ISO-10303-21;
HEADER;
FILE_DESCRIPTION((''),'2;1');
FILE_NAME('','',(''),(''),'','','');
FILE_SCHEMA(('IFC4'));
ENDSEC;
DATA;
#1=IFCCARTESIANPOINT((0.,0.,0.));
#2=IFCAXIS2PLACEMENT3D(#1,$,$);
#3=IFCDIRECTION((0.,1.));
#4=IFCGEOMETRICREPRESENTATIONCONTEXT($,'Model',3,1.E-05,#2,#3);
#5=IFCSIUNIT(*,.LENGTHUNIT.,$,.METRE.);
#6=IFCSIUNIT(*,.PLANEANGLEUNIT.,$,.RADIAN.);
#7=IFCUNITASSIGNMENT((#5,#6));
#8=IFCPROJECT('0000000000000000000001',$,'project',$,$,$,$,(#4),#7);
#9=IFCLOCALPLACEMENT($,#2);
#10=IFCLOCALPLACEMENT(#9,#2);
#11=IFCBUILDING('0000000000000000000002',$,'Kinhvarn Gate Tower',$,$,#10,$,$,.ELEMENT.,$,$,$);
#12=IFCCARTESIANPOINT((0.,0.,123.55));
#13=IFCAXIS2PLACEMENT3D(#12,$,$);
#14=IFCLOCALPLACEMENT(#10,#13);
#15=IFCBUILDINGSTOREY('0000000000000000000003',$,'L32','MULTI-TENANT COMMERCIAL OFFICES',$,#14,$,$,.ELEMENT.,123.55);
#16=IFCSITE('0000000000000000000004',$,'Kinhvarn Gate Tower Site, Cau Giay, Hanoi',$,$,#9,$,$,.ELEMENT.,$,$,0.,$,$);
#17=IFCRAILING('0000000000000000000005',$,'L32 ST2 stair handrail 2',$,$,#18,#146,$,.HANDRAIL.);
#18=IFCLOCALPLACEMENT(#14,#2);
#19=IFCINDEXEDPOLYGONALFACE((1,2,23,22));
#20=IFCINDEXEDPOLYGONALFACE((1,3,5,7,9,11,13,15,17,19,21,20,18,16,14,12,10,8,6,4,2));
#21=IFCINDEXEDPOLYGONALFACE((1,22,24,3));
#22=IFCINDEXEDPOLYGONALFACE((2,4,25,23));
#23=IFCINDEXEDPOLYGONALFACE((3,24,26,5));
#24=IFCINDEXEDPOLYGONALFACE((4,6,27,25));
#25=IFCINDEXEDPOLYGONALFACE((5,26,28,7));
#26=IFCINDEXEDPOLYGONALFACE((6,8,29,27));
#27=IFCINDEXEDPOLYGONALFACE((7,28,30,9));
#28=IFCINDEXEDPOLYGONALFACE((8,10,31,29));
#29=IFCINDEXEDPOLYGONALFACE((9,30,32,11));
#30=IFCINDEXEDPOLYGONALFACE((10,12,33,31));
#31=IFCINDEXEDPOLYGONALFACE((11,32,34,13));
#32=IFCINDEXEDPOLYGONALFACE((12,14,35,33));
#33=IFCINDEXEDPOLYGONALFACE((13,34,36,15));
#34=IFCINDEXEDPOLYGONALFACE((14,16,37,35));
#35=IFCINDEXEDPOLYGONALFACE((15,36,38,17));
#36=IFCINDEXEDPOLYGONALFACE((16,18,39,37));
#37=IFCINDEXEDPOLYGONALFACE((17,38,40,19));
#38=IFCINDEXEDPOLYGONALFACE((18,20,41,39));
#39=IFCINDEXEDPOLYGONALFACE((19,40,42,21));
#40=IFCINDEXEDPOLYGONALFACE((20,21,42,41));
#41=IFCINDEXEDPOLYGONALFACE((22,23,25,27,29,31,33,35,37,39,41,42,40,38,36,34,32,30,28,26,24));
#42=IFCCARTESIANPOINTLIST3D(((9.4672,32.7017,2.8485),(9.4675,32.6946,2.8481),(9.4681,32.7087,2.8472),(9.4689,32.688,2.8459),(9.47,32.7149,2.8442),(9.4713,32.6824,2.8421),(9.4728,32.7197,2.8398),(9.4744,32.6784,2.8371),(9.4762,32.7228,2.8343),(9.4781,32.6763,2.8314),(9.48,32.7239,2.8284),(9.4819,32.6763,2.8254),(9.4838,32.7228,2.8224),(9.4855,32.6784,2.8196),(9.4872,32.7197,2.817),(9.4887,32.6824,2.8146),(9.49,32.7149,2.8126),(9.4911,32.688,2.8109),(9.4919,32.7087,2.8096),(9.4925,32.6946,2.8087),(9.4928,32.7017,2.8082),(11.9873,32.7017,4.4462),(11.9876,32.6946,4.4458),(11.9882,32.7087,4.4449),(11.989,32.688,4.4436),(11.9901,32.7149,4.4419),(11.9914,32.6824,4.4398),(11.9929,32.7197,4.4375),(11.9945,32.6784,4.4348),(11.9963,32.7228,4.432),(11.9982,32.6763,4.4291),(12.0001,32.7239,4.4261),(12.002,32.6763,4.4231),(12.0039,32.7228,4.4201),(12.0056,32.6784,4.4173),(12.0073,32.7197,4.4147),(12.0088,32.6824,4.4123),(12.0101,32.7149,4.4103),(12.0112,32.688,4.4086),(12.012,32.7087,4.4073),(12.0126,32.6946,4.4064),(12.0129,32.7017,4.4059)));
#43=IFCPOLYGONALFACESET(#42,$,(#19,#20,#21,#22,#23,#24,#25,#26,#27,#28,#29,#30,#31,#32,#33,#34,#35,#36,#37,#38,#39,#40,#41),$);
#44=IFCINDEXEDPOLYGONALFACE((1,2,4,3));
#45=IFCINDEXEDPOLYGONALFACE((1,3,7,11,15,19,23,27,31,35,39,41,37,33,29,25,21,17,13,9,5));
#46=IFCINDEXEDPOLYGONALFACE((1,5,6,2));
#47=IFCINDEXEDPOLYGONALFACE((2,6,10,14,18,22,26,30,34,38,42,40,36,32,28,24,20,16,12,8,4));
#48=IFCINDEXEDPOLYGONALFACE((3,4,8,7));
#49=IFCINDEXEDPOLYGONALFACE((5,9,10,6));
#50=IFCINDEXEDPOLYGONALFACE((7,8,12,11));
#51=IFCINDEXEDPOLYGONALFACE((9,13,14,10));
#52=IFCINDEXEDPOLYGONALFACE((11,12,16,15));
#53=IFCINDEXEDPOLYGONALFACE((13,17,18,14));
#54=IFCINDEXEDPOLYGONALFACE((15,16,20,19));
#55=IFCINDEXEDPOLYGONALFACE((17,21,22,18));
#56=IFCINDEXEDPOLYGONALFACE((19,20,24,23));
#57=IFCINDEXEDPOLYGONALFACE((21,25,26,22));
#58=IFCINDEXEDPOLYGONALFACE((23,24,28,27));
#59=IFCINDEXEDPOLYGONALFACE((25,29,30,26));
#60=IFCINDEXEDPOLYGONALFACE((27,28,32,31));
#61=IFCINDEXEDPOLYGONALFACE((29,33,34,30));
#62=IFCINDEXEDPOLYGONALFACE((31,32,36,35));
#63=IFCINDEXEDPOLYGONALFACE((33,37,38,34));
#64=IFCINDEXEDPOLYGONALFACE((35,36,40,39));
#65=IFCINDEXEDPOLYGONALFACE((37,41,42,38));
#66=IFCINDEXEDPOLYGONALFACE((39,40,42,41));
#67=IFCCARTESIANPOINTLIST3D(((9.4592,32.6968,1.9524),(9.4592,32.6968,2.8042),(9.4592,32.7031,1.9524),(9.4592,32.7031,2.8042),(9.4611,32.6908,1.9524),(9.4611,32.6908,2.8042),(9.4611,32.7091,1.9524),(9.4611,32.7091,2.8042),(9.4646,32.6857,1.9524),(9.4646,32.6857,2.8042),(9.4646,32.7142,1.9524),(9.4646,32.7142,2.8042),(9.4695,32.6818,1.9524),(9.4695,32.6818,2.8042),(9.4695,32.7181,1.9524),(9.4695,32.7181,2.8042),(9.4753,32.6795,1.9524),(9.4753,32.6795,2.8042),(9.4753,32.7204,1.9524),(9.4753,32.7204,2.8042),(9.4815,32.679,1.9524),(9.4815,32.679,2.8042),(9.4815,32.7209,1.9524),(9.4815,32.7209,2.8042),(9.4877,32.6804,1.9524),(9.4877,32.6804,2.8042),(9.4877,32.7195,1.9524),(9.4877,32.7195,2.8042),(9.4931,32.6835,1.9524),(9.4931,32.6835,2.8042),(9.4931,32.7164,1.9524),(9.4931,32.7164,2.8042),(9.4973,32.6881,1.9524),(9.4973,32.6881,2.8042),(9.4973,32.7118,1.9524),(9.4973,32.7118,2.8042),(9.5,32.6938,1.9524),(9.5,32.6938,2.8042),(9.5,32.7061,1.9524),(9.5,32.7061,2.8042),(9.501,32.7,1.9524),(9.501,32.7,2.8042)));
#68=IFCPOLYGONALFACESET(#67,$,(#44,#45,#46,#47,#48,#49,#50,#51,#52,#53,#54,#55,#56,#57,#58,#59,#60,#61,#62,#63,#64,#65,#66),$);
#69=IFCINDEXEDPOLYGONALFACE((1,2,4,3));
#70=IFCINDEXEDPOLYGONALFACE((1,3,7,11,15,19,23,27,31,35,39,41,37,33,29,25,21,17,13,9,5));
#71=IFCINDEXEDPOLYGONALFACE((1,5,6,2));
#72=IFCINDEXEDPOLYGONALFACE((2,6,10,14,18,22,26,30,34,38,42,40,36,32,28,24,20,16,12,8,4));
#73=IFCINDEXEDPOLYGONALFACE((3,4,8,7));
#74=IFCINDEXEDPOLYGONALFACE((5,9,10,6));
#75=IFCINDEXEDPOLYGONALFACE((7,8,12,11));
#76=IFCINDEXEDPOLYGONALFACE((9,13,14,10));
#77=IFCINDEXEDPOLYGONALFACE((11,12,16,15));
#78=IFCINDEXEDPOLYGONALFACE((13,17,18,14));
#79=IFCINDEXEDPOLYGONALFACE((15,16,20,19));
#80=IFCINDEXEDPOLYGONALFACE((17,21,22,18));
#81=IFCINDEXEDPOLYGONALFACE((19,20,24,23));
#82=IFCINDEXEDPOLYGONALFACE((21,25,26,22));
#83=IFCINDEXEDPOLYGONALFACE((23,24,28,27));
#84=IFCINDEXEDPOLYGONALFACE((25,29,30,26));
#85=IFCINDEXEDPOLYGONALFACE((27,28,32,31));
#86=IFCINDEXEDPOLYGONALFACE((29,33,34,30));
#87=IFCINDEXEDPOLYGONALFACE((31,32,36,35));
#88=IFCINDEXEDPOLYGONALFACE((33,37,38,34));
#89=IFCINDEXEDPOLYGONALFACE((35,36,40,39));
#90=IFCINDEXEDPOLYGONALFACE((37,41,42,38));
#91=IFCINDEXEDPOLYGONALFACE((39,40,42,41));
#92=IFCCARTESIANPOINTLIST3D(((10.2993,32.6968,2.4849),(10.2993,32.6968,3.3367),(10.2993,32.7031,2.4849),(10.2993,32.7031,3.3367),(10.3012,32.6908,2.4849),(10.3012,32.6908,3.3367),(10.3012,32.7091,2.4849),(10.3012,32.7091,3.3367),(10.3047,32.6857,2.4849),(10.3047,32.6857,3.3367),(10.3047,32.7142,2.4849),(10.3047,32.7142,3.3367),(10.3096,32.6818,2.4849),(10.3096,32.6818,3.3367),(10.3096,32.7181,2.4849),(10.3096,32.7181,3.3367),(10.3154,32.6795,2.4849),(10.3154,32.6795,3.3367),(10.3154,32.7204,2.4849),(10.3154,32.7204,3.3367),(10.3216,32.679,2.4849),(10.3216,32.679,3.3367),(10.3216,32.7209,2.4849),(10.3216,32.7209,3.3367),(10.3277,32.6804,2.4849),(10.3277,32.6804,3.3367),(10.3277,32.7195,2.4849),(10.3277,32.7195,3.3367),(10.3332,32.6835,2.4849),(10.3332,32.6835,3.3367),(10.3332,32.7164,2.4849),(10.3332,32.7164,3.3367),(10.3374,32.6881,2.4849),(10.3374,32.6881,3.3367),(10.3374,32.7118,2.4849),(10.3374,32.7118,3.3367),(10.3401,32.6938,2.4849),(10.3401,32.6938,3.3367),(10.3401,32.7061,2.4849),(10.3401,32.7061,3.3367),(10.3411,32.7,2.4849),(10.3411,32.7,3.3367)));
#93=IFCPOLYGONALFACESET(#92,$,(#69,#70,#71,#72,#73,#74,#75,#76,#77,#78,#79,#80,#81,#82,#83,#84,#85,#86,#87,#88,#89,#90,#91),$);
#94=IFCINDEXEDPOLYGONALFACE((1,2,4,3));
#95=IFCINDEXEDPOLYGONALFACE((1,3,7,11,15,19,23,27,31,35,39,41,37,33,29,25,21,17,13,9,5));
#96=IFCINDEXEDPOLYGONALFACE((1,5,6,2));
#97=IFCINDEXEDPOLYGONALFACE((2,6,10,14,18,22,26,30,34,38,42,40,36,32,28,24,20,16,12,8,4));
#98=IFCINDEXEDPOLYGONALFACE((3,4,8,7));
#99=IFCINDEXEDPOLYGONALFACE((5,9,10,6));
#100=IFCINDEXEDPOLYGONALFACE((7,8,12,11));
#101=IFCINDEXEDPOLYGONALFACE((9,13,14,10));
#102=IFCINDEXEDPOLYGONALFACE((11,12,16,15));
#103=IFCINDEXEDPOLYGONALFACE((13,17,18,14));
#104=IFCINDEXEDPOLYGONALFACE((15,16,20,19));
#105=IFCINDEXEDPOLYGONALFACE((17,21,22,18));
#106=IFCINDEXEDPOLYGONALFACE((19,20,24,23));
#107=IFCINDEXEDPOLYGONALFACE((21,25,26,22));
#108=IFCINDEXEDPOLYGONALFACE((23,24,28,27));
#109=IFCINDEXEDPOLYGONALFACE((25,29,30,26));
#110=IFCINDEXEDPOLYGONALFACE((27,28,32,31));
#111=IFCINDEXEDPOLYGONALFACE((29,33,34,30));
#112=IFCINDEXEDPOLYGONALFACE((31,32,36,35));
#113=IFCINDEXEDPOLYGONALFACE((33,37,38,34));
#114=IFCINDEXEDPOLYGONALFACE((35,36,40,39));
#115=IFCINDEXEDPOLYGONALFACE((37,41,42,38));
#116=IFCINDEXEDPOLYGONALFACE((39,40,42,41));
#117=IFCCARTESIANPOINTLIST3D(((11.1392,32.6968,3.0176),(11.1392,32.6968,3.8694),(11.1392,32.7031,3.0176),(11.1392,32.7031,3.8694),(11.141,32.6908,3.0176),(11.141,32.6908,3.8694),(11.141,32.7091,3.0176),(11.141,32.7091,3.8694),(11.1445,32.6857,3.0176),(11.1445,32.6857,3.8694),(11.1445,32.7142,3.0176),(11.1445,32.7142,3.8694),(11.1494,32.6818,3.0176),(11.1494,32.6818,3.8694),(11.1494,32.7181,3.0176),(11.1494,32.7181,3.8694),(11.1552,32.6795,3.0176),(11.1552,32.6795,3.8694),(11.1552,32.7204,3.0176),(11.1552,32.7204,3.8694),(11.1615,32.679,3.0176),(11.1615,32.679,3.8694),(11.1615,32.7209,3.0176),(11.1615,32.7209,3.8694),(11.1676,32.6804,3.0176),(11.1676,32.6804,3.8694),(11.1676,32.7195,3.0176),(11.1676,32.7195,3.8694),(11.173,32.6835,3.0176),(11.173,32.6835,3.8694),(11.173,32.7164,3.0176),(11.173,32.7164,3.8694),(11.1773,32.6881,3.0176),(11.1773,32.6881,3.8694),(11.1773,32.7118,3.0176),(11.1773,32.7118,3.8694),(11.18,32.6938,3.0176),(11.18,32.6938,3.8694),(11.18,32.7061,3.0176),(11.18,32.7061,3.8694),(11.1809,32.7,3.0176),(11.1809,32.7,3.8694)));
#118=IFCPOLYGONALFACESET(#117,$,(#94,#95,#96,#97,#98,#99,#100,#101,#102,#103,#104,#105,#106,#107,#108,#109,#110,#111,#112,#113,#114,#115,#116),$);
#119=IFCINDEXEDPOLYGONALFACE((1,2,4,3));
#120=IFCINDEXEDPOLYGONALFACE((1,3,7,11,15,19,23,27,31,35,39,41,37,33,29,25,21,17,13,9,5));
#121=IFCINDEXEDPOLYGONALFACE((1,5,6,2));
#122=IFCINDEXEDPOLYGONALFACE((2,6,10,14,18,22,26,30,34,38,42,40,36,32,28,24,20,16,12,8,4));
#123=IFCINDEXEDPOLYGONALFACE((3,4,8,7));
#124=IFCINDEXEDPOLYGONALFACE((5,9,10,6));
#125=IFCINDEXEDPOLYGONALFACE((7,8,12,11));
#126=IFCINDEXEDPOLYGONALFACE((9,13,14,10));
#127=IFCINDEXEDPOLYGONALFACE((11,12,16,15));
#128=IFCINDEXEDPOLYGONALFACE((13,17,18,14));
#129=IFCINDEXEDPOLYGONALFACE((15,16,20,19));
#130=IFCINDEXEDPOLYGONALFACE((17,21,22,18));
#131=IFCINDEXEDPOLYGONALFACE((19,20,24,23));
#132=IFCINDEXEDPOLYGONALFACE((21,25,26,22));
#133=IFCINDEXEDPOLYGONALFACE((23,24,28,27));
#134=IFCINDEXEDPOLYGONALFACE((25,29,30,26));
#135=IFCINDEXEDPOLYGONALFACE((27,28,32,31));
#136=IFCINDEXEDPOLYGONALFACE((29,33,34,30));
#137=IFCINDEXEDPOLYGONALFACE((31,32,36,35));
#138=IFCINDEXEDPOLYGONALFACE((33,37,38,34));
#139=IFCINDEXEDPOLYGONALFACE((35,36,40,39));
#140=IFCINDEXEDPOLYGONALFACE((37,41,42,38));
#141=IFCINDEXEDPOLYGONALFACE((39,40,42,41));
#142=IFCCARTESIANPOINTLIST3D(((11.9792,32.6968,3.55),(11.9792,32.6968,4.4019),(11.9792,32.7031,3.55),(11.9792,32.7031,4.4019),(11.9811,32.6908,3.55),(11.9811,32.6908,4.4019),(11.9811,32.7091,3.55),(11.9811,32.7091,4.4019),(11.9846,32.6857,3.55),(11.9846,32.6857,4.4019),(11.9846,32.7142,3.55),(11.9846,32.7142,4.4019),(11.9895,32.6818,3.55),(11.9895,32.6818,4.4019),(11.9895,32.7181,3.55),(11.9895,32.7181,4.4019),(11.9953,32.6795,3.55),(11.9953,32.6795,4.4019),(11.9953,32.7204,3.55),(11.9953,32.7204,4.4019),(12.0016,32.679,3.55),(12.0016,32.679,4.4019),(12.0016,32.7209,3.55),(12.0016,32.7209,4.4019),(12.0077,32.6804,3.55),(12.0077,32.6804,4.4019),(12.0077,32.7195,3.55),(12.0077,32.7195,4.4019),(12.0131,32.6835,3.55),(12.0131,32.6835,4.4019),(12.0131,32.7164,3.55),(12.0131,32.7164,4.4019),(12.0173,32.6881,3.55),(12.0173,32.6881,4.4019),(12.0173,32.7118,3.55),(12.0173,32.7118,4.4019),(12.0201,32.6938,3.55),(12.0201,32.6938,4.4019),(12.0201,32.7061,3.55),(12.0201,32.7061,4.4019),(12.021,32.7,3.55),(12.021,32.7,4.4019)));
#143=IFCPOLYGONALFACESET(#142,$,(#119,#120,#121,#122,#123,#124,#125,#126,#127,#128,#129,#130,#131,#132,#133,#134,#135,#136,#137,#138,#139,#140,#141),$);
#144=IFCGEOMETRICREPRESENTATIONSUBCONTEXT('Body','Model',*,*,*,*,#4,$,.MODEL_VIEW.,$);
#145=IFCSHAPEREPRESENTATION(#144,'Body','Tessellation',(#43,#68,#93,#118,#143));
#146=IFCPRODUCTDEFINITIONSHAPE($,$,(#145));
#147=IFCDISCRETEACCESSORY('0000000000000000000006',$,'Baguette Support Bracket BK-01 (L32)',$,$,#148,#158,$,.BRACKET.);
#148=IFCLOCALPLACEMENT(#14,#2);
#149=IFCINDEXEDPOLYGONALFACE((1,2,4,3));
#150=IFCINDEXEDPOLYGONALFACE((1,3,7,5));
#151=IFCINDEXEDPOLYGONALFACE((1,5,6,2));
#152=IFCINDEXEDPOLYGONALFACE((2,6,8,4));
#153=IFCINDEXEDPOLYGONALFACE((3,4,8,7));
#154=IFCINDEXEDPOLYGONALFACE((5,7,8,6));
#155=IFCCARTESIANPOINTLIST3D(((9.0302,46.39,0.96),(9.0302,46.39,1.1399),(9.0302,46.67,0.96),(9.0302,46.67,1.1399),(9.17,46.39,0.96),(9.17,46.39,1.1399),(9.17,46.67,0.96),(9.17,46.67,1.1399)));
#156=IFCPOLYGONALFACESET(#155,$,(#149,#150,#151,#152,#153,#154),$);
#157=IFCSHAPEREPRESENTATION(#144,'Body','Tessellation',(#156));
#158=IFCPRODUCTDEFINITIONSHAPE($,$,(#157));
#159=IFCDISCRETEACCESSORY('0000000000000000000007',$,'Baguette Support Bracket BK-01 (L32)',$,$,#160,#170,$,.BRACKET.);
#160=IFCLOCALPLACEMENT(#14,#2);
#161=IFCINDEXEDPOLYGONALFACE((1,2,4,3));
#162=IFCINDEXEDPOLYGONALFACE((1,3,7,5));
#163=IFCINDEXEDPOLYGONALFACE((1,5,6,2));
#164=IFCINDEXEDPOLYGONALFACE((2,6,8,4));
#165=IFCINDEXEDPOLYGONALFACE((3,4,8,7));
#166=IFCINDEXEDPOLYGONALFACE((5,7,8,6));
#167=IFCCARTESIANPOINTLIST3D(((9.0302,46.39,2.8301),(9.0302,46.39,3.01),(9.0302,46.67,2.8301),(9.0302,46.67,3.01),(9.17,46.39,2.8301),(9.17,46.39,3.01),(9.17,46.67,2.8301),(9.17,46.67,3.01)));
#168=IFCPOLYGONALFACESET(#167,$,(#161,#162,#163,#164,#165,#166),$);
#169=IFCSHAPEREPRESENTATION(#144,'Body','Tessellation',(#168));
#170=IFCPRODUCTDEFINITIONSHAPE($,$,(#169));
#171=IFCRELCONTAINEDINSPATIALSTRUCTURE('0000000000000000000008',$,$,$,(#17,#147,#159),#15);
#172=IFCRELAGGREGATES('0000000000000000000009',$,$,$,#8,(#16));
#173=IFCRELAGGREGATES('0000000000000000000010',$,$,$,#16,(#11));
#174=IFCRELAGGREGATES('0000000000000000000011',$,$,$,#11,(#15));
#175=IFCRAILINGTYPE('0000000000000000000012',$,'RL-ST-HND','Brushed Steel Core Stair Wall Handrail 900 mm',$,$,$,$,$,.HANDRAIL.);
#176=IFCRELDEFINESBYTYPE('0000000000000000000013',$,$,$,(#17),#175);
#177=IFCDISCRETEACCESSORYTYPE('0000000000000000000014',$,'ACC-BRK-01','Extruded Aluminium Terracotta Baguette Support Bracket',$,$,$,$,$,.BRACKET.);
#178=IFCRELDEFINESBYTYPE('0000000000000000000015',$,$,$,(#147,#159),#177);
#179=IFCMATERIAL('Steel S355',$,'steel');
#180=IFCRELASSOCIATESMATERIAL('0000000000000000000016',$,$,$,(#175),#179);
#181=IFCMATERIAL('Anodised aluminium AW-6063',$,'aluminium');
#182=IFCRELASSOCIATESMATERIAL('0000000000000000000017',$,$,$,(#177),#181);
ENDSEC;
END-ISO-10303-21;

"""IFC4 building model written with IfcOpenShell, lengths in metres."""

from ifc_helpers import new_model, si_unit, direction, frame, origin, origin_2d, place, context, subcontext, project, spatial, rectangle, circle, extrude, material, type_object, element, save


model = new_model("IFC4")

# Units and contexts
model_context = context("Model", 3, precision=1e-05, world=origin(), true_north=direction((0.0, 1.0)))
body_context = subcontext(model_context, "Body", "Model", "MODEL_VIEW")
ifc_project = project(units=[si_unit("LENGTHUNIT", "METRE"), si_unit("PLANEANGLEUNIT", "RADIAN")], contexts=[model_context])

# Site, building, storey
site_placement = place(None, origin())
site = spatial("IfcSite", under=ifc_project, at=site_placement, Name="Kinhvarn Gate Tower Site, Cau Giay, Hanoi", CompositionType="ELEMENT", RefElevation=0.0)
building_placement = place(site_placement, origin())
building = spatial("IfcBuilding", under=site, at=building_placement, Name="Kinhvarn Gate Tower", CompositionType="ELEMENT")
storey_placement = place(building_placement, frame((0.0, 0.0, 123.55)))
storey = spatial("IfcBuildingStorey", under=building, at=storey_placement, Name="L32", Description="MULTI-TENANT COMMERCIAL OFFICES", CompositionType="ELEMENT", Elevation=123.55)

# Shared definitions
ifc_material_1 = material(Name="Anodised aluminium AW-6063", Category="aluminium")

# Shared definitions
ifc_material_2 = material(Name="Steel S355", Category="steel")

# Railing
railing_type_1 = type_object("IfcRailingType", Name="RL-ST-HND", Description="Brushed Steel Core Stair Wall Handrail 900 mm", PredefinedType="HANDRAIL", material=ifc_material_2)
railing_1_placement = place(storey_placement, frame((9.48, 32.7, 1.9524)))
element("IfcRailing", 1, at=railing_1_placement, inside=storey, type_object=railing_type_1, Name="L32 ST2 stair handrail 2", PredefinedType="HANDRAIL", context=body_context, shape_type="SweptSolid", body=[
    extrude(circle(Radius=0.0239, at=origin_2d()), frame((0.0, 0.0, 0.876), z_axis=(0.84457, 0.0, 0.535445), x_axis=(0.0, 1.0, 0.0)), (0.0, 0.0, 1.0), 2.9839),
    extrude(circle(Radius=0.021, at=origin_2d()), origin(), (0.0, 0.0, 1.0), 0.8518),
    extrude(circle(Radius=0.021, at=origin_2d()), frame((0.8401, 0.0, 0.5325)), (0.0, 0.0, 1.0), 0.8518),
    extrude(circle(Radius=0.021, at=origin_2d()), frame((1.6799, 0.0, 1.0652)), (0.0, 0.0, 1.0), 0.8518),
    extrude(circle(Radius=0.021, at=origin_2d()), frame((2.52, 0.0, 1.5977)), (0.0, 0.0, 1.0), 0.8518),
])

# Discrete accessories
discrete_accessory_type = type_object("IfcDiscreteAccessoryType", Name="ACC-BRK-01", Description="Extruded Aluminium Terracotta Baguette Support Bracket", PredefinedType="BRACKET", material=ifc_material_1)
for number, where, z_axis, x_axis, name in (
    (2, (9.1001, 46.53, 0.96), (0.0, 0.0, 1.0), (-1.0, 0.0, 0.0), "Baguette Support Bracket BK-01 (L32)"),
    (3, (9.1001, 46.53, 2.8301), (0.0, 0.0, 1.0), (-1.0, 0.0, 0.0), "Baguette Support Bracket BK-01 (L32)"),
):
    element("IfcDiscreteAccessory", number, at=place(storey_placement, frame(where, z_axis=z_axis, x_axis=x_axis)), inside=storey, type_object=discrete_accessory_type, Name=name, PredefinedType="BRACKET", context=body_context, shape_type="SweptSolid", body=[
        extrude(rectangle(XDim=0.1399, YDim=0.28, at=origin_2d()), origin(), (0.0, 0.0, 1.0), 0.1799),
    ])

save(model, "model.ifc")
